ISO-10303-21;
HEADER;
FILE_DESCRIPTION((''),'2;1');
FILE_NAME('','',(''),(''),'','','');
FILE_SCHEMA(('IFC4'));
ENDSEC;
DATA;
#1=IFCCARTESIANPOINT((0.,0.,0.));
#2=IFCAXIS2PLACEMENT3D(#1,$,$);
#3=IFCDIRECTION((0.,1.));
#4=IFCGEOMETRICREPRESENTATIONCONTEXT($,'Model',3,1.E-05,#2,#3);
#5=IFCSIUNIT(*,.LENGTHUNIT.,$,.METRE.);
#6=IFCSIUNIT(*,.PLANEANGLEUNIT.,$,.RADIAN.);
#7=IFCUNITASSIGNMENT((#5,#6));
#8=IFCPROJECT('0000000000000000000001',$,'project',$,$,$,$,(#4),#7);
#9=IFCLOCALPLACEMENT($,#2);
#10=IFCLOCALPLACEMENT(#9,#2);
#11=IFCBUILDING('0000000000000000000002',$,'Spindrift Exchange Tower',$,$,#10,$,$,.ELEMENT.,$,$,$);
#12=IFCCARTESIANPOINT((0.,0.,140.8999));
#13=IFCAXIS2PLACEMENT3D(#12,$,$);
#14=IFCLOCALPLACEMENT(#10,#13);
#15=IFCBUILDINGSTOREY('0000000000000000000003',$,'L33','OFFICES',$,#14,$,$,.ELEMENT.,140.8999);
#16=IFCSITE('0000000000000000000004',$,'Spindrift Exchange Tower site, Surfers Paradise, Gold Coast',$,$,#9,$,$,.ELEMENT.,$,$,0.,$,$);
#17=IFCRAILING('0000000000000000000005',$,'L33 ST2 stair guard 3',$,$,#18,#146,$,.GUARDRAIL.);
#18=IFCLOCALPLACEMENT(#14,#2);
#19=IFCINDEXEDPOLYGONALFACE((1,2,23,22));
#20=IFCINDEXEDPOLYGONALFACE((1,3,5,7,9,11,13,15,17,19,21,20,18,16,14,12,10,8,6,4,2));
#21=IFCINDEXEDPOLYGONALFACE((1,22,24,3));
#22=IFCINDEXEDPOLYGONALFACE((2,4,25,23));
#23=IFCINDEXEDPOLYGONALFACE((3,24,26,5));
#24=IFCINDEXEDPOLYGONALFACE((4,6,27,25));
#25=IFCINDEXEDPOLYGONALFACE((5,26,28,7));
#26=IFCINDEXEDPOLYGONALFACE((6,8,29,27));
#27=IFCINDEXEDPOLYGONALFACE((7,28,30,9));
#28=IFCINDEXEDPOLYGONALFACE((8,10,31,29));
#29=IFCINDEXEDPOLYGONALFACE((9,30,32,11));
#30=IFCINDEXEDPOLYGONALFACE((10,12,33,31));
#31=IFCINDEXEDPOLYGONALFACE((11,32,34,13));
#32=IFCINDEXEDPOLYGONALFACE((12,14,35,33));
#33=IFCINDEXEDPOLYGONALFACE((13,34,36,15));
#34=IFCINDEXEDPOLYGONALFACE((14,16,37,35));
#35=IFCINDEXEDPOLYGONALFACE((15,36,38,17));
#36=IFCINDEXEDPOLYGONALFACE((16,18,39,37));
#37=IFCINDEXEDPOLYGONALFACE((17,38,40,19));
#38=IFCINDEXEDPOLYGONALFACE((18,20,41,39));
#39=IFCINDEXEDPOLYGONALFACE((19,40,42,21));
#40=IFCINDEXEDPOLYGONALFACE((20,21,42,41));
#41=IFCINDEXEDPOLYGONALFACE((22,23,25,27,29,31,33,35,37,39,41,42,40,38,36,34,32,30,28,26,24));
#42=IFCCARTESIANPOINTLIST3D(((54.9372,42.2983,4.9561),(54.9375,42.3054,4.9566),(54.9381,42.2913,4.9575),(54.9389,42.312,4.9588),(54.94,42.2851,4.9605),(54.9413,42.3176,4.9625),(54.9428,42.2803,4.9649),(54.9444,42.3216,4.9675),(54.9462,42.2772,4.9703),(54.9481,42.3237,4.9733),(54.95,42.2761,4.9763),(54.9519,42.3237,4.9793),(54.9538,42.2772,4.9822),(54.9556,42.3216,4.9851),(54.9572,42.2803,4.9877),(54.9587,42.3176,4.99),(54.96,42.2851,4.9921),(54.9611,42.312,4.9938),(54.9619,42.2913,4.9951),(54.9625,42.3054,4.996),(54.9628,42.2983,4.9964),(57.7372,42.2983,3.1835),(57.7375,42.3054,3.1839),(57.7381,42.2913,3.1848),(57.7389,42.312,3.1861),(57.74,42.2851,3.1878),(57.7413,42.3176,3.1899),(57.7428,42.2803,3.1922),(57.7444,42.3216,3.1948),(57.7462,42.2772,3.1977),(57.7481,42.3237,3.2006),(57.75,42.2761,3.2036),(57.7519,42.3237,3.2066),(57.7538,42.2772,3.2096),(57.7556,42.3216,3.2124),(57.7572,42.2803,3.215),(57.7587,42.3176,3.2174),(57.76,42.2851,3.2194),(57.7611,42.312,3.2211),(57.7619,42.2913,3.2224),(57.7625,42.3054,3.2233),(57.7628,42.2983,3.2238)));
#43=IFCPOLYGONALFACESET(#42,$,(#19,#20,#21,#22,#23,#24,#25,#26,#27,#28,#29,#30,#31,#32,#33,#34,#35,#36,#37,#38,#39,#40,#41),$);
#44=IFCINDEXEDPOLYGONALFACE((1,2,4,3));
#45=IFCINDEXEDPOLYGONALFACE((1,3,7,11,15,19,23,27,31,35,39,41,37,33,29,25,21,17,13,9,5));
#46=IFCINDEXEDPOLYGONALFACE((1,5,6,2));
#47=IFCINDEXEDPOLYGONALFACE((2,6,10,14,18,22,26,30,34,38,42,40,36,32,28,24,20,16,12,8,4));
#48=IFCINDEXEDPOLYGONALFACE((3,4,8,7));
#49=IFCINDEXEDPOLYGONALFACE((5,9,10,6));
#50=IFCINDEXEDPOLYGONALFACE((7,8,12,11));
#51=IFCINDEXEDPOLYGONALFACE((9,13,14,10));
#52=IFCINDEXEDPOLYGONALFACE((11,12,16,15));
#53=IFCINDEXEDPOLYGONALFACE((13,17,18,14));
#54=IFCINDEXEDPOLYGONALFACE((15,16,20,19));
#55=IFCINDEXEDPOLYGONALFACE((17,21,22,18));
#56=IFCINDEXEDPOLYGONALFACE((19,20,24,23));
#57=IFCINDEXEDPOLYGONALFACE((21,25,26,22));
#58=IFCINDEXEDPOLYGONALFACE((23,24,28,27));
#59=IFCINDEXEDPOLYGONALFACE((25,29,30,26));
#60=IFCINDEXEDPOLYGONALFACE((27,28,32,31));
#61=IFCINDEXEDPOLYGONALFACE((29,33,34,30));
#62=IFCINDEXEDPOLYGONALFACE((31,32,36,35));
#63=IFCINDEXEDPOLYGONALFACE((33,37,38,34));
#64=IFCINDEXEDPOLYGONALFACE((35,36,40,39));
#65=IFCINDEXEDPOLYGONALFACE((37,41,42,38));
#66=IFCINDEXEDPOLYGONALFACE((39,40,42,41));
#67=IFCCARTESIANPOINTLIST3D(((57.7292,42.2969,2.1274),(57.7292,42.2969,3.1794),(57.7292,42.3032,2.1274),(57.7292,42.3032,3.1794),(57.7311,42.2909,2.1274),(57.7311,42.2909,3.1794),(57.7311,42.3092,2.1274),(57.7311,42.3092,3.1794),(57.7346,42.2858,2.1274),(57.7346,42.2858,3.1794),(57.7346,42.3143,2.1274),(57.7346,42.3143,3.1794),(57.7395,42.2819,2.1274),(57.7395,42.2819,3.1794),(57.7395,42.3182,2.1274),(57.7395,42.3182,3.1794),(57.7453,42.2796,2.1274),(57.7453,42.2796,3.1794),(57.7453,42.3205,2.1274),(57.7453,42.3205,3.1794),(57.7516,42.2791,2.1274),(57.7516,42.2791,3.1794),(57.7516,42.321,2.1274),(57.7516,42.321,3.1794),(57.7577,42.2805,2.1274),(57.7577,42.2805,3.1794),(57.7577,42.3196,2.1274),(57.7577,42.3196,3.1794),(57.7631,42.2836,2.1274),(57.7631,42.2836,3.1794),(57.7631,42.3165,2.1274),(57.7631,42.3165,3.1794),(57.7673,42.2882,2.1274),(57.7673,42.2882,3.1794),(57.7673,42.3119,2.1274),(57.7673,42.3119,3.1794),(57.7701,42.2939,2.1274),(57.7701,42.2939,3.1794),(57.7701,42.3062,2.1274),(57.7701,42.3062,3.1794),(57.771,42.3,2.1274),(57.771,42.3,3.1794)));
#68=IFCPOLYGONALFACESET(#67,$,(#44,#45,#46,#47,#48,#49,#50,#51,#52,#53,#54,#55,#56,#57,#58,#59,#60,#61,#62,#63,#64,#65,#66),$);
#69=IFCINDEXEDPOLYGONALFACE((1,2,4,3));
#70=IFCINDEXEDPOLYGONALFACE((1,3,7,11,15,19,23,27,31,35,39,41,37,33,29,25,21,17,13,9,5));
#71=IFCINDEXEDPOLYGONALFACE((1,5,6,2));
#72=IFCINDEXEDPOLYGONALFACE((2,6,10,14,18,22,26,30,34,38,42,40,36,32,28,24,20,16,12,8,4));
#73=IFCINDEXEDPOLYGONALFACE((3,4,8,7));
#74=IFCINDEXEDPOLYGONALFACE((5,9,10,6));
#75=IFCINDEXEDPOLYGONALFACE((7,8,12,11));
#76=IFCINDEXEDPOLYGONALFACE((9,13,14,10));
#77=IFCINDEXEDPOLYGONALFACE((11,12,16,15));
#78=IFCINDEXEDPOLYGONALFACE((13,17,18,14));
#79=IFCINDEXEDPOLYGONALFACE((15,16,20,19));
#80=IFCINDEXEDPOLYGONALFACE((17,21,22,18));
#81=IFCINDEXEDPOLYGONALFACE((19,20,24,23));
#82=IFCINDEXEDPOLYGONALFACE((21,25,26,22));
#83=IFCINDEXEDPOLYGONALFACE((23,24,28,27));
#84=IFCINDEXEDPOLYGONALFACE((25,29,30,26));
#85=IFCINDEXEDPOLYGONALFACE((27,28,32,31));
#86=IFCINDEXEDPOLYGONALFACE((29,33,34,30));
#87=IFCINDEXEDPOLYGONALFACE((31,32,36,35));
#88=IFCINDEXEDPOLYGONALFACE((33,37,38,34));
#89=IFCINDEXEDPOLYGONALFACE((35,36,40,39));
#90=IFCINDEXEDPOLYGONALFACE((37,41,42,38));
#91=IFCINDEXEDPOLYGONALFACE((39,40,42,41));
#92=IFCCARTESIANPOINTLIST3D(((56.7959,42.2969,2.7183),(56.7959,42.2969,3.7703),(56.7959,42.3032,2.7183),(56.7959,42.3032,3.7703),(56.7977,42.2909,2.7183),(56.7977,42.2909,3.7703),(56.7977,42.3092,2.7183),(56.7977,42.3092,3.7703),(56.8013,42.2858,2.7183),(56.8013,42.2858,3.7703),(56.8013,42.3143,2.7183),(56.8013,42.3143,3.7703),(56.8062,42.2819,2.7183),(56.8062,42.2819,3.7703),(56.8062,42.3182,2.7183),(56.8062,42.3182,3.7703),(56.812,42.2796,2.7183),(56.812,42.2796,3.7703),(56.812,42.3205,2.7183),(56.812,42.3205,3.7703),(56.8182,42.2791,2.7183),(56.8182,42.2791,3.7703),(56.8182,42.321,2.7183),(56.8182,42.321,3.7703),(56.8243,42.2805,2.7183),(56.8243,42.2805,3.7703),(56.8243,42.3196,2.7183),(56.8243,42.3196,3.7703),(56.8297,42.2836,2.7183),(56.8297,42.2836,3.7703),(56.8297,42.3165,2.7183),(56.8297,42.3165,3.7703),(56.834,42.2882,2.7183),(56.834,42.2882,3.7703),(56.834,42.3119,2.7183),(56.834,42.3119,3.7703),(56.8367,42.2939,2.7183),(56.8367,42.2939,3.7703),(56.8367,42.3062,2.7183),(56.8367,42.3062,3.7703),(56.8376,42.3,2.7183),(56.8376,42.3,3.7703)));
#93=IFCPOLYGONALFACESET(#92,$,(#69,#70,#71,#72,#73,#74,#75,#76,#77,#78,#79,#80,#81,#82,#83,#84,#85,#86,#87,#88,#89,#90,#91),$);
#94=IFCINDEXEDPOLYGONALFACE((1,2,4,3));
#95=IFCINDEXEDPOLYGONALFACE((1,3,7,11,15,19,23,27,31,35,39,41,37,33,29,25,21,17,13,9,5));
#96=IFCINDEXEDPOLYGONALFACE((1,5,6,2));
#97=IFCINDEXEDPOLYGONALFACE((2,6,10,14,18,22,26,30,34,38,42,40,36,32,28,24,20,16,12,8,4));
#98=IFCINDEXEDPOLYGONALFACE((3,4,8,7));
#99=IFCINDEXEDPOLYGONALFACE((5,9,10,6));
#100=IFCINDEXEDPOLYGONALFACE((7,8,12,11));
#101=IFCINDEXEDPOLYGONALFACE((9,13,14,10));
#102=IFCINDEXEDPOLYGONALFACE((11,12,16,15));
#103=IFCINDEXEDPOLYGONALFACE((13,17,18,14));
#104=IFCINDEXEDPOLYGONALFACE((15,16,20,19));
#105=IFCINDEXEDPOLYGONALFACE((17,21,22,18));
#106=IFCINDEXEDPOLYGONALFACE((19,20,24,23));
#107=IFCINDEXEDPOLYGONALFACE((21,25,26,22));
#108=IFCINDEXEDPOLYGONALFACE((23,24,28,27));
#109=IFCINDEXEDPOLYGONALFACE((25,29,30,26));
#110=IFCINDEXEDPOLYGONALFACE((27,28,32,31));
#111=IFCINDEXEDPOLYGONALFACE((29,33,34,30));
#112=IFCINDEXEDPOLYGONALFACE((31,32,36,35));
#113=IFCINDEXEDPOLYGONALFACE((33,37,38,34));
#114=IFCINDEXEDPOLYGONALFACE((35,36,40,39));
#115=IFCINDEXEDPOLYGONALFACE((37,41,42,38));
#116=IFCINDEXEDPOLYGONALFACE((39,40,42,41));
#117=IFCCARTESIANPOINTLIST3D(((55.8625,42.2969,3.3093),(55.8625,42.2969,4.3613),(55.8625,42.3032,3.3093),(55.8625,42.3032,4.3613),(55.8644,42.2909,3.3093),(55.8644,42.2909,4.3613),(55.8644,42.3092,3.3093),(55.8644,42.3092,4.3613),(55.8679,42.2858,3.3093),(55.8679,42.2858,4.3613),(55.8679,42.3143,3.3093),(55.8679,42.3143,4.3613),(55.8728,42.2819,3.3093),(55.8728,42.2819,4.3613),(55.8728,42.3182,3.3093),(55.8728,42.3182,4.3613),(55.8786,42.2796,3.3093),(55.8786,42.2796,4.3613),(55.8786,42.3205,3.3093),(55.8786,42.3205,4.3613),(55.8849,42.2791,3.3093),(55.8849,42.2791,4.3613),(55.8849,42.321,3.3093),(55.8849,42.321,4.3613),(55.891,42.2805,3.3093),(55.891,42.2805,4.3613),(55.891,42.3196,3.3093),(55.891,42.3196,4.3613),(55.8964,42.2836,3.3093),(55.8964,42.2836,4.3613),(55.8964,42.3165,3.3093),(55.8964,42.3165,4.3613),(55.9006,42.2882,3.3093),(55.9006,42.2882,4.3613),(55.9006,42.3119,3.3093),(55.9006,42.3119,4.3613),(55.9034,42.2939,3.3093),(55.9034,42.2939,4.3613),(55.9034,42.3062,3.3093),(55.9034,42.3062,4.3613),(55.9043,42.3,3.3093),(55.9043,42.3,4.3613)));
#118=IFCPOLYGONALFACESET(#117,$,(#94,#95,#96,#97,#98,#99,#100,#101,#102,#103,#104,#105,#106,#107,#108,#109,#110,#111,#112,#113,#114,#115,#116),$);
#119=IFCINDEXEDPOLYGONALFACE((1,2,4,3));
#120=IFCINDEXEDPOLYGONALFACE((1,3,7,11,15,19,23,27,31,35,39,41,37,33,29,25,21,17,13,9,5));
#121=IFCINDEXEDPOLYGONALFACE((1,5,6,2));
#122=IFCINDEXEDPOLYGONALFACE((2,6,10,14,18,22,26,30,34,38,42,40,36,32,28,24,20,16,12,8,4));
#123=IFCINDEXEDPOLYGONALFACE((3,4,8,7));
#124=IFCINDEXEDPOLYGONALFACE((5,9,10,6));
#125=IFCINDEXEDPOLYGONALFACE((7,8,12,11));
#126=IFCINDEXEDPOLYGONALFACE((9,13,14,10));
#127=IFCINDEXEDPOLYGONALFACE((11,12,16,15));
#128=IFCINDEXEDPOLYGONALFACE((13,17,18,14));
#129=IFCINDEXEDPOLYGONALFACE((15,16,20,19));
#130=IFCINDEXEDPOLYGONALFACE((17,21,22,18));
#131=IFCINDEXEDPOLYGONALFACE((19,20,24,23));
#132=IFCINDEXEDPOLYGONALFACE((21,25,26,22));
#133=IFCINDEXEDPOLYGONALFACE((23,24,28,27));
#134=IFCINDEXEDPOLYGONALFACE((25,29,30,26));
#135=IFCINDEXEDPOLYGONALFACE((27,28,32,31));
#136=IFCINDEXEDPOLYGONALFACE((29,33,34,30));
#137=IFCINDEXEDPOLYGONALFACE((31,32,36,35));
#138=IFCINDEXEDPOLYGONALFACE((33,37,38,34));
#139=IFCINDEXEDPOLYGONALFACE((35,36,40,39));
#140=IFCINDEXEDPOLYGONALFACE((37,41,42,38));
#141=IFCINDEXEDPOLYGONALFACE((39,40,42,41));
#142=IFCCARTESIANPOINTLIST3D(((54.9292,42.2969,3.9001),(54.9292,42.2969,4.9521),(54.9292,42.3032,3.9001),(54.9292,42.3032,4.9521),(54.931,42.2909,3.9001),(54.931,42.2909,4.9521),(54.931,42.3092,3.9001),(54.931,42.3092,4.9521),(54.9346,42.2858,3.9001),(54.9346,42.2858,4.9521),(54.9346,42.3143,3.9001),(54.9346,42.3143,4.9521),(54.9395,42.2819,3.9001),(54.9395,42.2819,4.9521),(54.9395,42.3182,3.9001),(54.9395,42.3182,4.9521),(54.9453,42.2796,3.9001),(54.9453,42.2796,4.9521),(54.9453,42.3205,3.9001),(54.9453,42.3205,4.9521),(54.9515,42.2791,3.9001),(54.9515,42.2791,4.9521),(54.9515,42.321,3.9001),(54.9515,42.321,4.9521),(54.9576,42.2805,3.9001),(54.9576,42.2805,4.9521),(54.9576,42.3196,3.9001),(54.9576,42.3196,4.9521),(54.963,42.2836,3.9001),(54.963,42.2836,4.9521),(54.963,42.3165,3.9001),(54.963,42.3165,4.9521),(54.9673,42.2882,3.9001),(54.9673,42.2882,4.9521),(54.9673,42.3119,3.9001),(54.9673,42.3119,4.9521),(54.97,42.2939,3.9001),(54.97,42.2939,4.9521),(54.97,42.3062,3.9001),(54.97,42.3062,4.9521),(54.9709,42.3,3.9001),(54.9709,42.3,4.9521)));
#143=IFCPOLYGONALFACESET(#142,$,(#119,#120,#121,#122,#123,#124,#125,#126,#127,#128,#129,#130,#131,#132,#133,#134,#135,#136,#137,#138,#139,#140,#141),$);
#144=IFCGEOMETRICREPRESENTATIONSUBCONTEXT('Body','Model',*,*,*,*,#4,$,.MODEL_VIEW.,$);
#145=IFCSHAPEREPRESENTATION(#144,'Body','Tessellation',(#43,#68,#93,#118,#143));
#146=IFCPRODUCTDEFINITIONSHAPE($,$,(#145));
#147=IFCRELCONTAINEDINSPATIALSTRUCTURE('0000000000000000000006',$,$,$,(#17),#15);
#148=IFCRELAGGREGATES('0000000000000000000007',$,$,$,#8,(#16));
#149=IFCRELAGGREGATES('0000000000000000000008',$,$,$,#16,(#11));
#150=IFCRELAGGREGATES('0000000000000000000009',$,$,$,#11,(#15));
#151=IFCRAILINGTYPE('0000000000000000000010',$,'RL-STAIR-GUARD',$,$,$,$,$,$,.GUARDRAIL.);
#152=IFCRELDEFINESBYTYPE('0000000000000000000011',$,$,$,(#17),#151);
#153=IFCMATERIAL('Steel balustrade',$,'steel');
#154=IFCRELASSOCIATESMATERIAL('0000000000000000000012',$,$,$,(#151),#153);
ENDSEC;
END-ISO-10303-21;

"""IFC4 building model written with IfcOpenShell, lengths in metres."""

from ifc_helpers import new_model, si_unit, direction, frame, origin, origin_2d, place, context, subcontext, project, spatial, circle, extrude, material, type_object, element, save


model = new_model("IFC4")

# Units and contexts
model_context = context("Model", 3, precision=1e-05, world=origin(), true_north=direction((0.0, 1.0)))
body_context = subcontext(model_context, "Body", "Model", "MODEL_VIEW")
ifc_project = project(units=[si_unit("LENGTHUNIT", "METRE"), si_unit("PLANEANGLEUNIT", "RADIAN")], contexts=[model_context])

# Site, building, storey
site_placement = place(None, origin())
site = spatial("IfcSite", under=ifc_project, at=site_placement, Name="Spindrift Exchange Tower site, Surfers Paradise, Gold Coast", CompositionType="ELEMENT", RefElevation=0.0)
building_placement = place(site_placement, origin())
building = spatial("IfcBuilding", under=site, at=building_placement, Name="Spindrift Exchange Tower", CompositionType="ELEMENT")
storey_placement = place(building_placement, frame((0.0, 0.0, 140.8999)))
storey = spatial("IfcBuildingStorey", under=building, at=storey_placement, Name="L33", Description="OFFICES", CompositionType="ELEMENT", Elevation=140.8999)

# Railing
ifc_material_1 = material(Name="Steel balustrade", Category="steel")
railing_type_1 = type_object("IfcRailingType", Name="RL-STAIR-GUARD", PredefinedType="GUARDRAIL", material=ifc_material_1)
railing_1_placement = place(storey_placement, frame((57.75, 42.3, 2.1274)))
element("IfcRailing", 1, at=railing_1_placement, inside=storey, type_object=railing_type_1, Name="L33 ST2 stair guard 3", PredefinedType="GUARDRAIL", context=body_context, shape_type="SweptSolid", body=[
    extrude(circle(Radius=0.0239, at=origin_2d()), frame((0.0, 0.0, 1.0762), z_axis=(-0.844909, 0.0, 0.53491), x_axis=(0.0, -1.0, 0.0)), (0.0, 0.0, 1.0), 3.314),
    extrude(circle(Radius=0.021, at=origin_2d()), origin(), (0.0, 0.0, 1.0), 1.052),
    extrude(circle(Radius=0.021, at=origin_2d()), frame((-0.9333, 0.0, 0.5908)), (0.0, 0.0, 1.0), 1.052),
    extrude(circle(Radius=0.021, at=origin_2d()), frame((-1.8667, 0.0, 1.1819)), (0.0, 0.0, 1.0), 1.052),
    extrude(circle(Radius=0.021, at=origin_2d()), frame((-2.8, 0.0, 1.7727)), (0.0, 0.0, 1.0), 1.052),
])

save(model, "model.ifc")
